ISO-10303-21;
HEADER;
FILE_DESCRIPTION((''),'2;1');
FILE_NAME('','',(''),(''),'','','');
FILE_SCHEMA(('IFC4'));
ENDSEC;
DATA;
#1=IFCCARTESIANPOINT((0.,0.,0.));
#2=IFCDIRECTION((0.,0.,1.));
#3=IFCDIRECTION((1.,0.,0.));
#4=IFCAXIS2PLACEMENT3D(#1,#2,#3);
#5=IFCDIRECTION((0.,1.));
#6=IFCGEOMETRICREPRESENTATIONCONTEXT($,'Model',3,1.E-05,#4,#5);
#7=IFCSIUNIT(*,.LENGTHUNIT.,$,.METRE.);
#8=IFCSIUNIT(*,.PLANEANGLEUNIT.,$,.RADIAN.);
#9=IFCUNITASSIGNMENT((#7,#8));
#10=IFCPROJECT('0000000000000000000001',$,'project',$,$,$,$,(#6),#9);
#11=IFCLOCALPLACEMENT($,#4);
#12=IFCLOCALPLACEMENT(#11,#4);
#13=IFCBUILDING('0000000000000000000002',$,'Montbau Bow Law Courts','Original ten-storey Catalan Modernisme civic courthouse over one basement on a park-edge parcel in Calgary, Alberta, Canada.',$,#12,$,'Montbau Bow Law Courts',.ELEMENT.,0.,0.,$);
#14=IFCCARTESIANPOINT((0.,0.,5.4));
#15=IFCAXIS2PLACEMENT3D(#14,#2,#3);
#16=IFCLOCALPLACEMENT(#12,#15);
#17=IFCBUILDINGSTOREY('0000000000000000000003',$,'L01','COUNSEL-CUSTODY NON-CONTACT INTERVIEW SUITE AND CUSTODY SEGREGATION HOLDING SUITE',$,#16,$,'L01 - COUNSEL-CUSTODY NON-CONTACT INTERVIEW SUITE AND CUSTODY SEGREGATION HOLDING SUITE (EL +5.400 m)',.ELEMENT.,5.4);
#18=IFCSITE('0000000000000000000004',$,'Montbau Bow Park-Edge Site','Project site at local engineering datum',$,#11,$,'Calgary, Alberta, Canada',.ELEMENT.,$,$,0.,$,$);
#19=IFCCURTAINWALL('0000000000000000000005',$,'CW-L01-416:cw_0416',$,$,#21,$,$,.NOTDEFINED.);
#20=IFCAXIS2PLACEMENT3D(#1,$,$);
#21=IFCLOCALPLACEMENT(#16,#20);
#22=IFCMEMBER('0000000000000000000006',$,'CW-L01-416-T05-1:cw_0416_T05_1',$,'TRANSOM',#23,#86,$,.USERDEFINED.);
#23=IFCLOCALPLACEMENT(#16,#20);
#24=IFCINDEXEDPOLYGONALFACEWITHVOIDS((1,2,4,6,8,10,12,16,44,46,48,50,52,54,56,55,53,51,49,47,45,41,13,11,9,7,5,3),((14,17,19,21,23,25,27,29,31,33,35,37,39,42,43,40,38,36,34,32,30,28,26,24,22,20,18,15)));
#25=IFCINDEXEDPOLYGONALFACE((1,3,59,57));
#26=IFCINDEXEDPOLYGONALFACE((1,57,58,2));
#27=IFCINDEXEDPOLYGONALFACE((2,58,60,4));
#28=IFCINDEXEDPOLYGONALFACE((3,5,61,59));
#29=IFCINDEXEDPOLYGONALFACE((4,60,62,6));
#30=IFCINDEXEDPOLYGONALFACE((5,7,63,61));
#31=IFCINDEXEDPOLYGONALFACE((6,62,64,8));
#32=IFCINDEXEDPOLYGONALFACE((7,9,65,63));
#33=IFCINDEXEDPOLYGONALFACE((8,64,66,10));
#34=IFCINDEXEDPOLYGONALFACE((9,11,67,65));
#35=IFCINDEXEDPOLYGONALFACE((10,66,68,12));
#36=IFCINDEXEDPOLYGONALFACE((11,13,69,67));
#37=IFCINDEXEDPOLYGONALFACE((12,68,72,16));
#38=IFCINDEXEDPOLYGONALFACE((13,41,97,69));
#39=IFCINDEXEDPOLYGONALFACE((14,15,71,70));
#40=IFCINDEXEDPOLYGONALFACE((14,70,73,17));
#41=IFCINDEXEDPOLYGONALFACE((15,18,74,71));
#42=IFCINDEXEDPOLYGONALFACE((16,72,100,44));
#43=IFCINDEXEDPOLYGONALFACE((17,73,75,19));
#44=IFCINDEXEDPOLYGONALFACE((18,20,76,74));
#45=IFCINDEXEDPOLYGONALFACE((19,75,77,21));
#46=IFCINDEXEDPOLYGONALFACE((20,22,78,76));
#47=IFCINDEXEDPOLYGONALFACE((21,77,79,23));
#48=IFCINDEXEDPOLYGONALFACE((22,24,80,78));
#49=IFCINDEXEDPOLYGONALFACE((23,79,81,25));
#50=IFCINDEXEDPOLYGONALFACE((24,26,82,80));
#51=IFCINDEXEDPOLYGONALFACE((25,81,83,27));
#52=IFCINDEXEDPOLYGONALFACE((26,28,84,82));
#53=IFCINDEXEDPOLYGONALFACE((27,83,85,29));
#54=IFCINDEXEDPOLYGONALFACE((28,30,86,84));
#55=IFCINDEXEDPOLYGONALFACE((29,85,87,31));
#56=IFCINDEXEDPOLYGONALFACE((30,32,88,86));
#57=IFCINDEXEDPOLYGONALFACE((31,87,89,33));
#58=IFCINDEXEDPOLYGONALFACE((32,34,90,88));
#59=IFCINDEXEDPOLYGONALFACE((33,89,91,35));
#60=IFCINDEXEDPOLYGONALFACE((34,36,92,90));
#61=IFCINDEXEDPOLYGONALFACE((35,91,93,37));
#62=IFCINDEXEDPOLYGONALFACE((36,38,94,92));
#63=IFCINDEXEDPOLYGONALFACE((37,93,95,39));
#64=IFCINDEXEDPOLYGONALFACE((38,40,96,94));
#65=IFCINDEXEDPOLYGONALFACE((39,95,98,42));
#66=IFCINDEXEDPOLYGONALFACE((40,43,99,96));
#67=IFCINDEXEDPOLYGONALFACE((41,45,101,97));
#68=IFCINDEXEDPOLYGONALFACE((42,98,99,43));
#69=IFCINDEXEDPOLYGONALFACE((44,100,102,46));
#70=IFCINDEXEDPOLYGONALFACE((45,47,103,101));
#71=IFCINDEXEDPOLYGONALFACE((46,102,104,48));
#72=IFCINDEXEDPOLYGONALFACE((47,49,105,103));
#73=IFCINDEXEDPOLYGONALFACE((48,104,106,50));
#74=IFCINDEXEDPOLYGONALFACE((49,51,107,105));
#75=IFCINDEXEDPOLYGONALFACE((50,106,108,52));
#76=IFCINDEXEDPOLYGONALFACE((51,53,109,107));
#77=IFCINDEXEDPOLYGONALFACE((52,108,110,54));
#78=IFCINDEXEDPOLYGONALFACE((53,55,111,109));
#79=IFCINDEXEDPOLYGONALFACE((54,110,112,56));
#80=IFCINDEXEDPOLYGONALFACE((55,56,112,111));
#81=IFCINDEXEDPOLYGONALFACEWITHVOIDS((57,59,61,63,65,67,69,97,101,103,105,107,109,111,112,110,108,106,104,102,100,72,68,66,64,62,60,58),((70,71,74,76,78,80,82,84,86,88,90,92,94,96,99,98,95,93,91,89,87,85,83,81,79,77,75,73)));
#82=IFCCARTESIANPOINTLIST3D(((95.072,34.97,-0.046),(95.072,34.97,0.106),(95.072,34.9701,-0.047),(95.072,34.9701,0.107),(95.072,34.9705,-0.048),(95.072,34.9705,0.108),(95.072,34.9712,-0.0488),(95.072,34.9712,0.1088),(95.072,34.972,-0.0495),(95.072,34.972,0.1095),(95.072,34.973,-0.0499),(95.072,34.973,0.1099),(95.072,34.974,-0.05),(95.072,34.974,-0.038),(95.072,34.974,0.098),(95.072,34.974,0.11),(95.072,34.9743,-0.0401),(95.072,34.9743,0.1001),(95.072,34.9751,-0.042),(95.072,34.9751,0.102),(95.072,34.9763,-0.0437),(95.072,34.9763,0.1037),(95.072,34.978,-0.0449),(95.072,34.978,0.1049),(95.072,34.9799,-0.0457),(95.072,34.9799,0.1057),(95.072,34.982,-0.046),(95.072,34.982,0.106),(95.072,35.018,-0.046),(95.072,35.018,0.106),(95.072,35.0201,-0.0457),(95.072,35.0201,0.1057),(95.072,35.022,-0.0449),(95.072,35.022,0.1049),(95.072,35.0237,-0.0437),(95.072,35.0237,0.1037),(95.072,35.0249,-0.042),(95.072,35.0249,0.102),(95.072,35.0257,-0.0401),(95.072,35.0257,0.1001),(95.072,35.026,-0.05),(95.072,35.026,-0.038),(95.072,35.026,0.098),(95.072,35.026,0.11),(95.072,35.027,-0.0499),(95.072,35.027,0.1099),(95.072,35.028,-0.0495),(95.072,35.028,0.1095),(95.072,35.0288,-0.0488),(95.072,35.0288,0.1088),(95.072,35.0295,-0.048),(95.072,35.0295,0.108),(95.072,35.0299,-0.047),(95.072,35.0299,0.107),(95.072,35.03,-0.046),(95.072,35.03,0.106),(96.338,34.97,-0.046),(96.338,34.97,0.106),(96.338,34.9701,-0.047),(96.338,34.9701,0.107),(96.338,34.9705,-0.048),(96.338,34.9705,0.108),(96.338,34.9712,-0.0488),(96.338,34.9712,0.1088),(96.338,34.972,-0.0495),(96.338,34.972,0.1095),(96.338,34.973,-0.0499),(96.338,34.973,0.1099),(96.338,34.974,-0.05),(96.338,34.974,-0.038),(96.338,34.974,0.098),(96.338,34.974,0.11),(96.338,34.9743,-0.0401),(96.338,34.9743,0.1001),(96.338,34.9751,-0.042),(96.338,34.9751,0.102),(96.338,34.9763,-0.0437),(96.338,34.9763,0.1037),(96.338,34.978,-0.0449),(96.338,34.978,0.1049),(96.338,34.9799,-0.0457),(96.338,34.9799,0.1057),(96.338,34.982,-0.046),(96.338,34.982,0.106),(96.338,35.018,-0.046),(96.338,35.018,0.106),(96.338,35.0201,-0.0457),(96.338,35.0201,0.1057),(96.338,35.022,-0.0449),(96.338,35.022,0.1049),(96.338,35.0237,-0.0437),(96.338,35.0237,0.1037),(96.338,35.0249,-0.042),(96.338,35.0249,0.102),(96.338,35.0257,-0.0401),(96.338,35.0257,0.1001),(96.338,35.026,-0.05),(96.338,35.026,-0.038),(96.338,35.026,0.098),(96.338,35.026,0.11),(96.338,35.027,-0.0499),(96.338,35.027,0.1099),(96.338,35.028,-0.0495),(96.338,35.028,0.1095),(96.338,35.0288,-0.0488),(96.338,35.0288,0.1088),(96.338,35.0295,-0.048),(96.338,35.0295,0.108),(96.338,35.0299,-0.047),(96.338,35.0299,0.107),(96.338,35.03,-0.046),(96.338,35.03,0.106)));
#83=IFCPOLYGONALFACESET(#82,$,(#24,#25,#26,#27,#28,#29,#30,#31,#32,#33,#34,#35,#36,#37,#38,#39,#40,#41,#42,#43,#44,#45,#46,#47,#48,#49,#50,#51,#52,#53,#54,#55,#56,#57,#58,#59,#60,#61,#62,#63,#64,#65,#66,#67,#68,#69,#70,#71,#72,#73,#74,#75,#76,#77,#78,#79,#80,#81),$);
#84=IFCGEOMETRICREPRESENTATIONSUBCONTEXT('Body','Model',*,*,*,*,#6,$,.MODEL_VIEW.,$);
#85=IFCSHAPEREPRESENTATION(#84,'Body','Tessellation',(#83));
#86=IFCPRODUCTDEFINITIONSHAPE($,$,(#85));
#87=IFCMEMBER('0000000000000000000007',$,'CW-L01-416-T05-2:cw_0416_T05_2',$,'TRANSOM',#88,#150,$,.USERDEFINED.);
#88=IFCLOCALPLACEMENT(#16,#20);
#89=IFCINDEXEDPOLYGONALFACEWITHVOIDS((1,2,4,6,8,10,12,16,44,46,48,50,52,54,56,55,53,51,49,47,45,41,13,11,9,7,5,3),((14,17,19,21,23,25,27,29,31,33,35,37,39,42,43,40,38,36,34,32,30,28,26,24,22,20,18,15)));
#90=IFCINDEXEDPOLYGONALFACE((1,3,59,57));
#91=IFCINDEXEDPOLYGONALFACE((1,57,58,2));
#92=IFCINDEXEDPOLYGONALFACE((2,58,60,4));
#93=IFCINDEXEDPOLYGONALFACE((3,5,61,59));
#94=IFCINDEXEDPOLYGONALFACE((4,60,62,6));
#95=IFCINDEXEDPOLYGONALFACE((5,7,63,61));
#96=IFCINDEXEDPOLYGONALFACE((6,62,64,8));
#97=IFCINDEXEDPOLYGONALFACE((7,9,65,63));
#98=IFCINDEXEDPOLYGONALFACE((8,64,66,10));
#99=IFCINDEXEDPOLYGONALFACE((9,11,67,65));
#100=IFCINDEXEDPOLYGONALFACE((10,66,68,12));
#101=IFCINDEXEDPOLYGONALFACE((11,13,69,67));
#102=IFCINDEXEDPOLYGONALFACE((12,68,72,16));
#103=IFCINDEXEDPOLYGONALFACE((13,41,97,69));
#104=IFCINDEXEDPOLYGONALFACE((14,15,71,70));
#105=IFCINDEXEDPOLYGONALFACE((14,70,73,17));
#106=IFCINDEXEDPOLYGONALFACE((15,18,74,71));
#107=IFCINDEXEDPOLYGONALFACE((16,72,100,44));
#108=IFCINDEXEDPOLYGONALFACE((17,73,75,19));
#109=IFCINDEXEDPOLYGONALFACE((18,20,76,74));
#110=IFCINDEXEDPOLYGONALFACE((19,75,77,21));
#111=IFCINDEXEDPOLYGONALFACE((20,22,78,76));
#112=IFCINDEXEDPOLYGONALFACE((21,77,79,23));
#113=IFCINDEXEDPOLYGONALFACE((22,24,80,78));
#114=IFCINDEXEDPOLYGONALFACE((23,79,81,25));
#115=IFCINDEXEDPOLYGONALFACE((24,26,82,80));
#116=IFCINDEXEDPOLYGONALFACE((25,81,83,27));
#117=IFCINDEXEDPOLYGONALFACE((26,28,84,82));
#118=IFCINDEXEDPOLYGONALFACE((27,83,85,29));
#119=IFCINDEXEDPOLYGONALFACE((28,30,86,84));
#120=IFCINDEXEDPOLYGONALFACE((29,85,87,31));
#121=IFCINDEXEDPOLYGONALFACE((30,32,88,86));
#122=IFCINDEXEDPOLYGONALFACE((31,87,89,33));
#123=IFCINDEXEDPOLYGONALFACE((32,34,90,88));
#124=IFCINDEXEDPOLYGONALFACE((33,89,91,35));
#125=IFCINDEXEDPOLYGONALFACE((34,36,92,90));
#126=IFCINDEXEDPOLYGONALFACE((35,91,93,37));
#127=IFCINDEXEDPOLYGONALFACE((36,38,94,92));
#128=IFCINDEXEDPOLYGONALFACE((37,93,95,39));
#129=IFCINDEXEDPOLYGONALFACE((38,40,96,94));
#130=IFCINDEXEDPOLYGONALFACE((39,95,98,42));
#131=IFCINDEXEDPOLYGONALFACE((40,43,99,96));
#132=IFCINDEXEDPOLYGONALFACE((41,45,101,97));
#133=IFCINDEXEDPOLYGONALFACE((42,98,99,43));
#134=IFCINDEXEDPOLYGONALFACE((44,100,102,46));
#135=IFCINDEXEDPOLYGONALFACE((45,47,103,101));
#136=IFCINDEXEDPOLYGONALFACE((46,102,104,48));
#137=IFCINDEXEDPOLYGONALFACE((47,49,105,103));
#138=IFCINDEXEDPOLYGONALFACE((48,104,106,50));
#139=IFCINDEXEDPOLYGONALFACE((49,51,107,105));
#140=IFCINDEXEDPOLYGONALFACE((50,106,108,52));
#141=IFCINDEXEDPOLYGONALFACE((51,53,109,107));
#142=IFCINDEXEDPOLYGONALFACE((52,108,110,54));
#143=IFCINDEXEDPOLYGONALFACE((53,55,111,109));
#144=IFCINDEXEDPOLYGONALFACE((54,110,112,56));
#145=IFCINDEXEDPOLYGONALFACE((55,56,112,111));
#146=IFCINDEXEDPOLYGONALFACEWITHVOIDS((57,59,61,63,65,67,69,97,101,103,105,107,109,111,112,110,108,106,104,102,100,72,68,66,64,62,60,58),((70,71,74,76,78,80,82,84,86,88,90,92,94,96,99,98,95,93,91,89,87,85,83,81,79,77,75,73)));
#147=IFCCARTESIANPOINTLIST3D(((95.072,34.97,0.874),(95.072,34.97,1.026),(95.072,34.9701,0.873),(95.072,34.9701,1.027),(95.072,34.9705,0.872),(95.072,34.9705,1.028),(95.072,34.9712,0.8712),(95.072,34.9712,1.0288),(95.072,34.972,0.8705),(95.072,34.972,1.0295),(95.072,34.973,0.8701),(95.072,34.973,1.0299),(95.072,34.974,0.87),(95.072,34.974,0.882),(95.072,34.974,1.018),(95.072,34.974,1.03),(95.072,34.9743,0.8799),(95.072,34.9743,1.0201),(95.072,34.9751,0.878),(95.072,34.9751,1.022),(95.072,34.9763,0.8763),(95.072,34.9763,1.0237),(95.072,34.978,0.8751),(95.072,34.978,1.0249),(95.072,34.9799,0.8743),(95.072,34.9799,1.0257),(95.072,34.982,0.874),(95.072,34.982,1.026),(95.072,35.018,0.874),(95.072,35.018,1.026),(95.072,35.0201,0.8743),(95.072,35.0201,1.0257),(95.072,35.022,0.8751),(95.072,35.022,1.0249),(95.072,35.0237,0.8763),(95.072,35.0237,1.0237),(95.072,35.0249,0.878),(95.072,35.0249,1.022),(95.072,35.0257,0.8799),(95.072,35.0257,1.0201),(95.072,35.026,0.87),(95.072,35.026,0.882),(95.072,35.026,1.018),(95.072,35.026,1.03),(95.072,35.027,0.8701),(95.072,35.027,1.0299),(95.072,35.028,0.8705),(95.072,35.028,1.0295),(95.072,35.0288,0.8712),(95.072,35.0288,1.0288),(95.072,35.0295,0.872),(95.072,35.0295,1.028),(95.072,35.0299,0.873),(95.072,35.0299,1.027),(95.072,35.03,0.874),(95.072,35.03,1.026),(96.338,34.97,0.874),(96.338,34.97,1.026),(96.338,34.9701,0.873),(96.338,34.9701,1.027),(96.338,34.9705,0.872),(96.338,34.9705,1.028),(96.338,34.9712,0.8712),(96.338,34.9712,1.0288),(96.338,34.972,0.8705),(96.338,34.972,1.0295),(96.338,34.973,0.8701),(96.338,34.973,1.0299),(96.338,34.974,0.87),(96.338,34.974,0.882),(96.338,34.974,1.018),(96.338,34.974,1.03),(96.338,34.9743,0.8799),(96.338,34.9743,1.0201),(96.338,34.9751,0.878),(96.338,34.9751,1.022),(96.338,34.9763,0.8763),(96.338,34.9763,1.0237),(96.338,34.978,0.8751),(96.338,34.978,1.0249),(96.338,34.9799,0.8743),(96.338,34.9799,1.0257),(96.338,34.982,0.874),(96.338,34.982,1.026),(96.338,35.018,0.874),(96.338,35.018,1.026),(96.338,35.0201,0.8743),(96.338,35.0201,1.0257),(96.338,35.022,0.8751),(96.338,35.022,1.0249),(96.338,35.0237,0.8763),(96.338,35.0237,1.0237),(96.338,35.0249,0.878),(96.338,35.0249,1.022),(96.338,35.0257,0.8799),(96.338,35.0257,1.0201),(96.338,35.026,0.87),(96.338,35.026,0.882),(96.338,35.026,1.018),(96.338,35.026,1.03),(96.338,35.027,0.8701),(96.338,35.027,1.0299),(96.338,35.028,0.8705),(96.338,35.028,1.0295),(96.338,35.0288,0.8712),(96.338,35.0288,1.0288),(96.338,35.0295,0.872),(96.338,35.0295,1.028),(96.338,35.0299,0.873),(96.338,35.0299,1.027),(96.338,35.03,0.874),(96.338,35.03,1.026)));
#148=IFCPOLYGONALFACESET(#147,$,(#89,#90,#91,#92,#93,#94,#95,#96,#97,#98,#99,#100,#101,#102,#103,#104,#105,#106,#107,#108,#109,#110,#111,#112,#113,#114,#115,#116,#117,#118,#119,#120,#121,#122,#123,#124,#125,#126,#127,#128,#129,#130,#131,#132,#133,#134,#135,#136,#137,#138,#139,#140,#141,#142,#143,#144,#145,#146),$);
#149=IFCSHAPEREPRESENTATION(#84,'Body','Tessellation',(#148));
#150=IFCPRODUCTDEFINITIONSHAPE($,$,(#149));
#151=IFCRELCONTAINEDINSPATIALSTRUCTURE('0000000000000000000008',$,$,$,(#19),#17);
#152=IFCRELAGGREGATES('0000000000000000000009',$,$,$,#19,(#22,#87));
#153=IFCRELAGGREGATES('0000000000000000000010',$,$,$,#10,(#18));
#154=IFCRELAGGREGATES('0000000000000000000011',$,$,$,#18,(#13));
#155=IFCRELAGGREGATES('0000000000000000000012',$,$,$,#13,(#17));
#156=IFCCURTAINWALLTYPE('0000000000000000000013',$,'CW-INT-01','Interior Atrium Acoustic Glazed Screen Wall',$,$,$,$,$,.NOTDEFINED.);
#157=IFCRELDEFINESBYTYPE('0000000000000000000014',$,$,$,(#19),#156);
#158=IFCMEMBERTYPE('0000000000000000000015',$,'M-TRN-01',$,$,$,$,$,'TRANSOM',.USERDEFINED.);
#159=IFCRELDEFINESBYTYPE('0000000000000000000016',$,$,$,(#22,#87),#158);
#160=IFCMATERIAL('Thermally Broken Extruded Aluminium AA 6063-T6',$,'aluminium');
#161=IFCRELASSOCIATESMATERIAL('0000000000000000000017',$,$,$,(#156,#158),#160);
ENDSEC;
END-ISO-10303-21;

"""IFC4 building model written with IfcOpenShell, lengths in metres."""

from ifc_helpers import new_model, si_unit, direction, frame, origin_with_axes, origin_2d_with_axis, place, context, subcontext, project, spatial, hollow_rectangle, extrude, material, material_profile, profile_set, type_object, element, aggregate, save


model = new_model("IFC4")

# Units and contexts
model_context = context("Model", 3, precision=1e-05, world=origin_with_axes(), true_north=direction((0.0, 1.0)))
body_context = subcontext(model_context, "Body", "Model", "MODEL_VIEW")
ifc_project = project(units=[si_unit("LENGTHUNIT", "METRE"), si_unit("PLANEANGLEUNIT", "RADIAN")], contexts=[model_context])

# Site, building, storey
site_placement = place(None, origin_with_axes())
site = spatial("IfcSite", under=ifc_project, at=site_placement, Name="Montbau Bow Park-Edge Site", Description="Project site at local engineering datum", LongName="Calgary, Alberta, Canada", CompositionType="ELEMENT", RefElevation=0.0)
building_placement = place(site_placement, origin_with_axes())
building = spatial("IfcBuilding", under=site, at=building_placement, Name="Montbau Bow Law Courts", Description="Original ten-storey Catalan Modernisme civic courthouse over one basement on a park-edge parcel in Calgary, Alberta, Canada.", LongName="Montbau Bow Law Courts", CompositionType="ELEMENT", ElevationOfRefHeight=0.0, ElevationOfTerrain=0.0)
storey_placement = place(building_placement, frame((0.0, 0.0, 5.4), z_axis=(0.0, 0.0, 1.0), x_axis=(1.0, 0.0, 0.0)))
storey = spatial("IfcBuildingStorey", under=building, at=storey_placement, Name="L01", Description="COUNSEL-CUSTODY NON-CONTACT INTERVIEW SUITE AND CUSTODY SEGREGATION HOLDING SUITE", LongName="L01 - COUNSEL-CUSTODY NON-CONTACT INTERVIEW SUITE AND CUSTODY SEGREGATION HOLDING SUITE (EL +5.400 m)", CompositionType="ELEMENT", Elevation=5.4)

# Curtain wall, members
ifc_material_1 = material(Name="Thermally Broken Extruded Aluminium AA 6063-T6", Category="aluminium")
curtain_wall_type = type_object("IfcCurtainWallType", Name="CW-INT-01", Description="Interior Atrium Acoustic Glazed Screen Wall", PredefinedType="NOTDEFINED", material=ifc_material_1)
curtain_wall_placement = place(None, frame((89.6, 35.0, 5.4), z_axis=(0.0, 0.0, 1.0), x_axis=(1.0, 0.0, 0.0)))
curtain_wall = element("IfcCurtainWall", 1, at=curtain_wall_placement, inside=storey, type_object=curtain_wall_type, Name="CW-L01-416:cw_0416", PredefinedType="NOTDEFINED")
ifc_material_profile_1 = material_profile(ifc_material_1, hollow_rectangle(XDim=0.06, YDim=0.16, WallThickness=0.004, InnerFilletRadius=0.008, OuterFilletRadius=0.004, at=origin_2d_with_axis()), Name="CWT-160X60", Category="Main", Priority=0)
ifc_profile_set_1 = profile_set([ifc_material_profile_1], Name="Thermally Broken Extruded Aluminium AA 6063-T6")
member_type_1 = type_object("IfcMemberType", Name="M-TRN-01", ElementType="TRANSOM", PredefinedType="USERDEFINED", material=ifc_profile_set_1)
member_1_placement = place(None, frame((95.072, 35.0, 5.43), z_axis=(1.0, 0.0, 0.0), x_axis=(0.0, 1.0, 0.0)))
member_1 = element("IfcMember", 2, at=member_1_placement, type_object=member_type_1, Name="CW-L01-416-T05-1:cw_0416_T05_1", ObjectType="TRANSOM", PredefinedType="USERDEFINED", context=body_context, shape_type="SweptSolid", body=[
    extrude(hollow_rectangle(XDim=0.06, YDim=0.16, WallThickness=0.004, InnerFilletRadius=0.008, OuterFilletRadius=0.004, at=origin_2d_with_axis()), origin_with_axes(), (0.0, 0.0, 1.0), 1.266),
])
member_2_placement = place(None, frame((95.072, 35.0, 6.35), z_axis=(1.0, 0.0, 0.0), x_axis=(0.0, 1.0, 0.0)))
member_2 = element("IfcMember", 3, at=member_2_placement, type_object=member_type_1, Name="CW-L01-416-T05-2:cw_0416_T05_2", ObjectType="TRANSOM", PredefinedType="USERDEFINED", context=body_context, shape_type="SweptSolid", body=[
    extrude(hollow_rectangle(XDim=0.06, YDim=0.16, WallThickness=0.004, InnerFilletRadius=0.008, OuterFilletRadius=0.004, at=origin_2d_with_axis()), origin_with_axes(), (0.0, 0.0, 1.0), 1.266),
])
aggregate(curtain_wall, [member_1, member_2])

save(model, "model.ifc")
